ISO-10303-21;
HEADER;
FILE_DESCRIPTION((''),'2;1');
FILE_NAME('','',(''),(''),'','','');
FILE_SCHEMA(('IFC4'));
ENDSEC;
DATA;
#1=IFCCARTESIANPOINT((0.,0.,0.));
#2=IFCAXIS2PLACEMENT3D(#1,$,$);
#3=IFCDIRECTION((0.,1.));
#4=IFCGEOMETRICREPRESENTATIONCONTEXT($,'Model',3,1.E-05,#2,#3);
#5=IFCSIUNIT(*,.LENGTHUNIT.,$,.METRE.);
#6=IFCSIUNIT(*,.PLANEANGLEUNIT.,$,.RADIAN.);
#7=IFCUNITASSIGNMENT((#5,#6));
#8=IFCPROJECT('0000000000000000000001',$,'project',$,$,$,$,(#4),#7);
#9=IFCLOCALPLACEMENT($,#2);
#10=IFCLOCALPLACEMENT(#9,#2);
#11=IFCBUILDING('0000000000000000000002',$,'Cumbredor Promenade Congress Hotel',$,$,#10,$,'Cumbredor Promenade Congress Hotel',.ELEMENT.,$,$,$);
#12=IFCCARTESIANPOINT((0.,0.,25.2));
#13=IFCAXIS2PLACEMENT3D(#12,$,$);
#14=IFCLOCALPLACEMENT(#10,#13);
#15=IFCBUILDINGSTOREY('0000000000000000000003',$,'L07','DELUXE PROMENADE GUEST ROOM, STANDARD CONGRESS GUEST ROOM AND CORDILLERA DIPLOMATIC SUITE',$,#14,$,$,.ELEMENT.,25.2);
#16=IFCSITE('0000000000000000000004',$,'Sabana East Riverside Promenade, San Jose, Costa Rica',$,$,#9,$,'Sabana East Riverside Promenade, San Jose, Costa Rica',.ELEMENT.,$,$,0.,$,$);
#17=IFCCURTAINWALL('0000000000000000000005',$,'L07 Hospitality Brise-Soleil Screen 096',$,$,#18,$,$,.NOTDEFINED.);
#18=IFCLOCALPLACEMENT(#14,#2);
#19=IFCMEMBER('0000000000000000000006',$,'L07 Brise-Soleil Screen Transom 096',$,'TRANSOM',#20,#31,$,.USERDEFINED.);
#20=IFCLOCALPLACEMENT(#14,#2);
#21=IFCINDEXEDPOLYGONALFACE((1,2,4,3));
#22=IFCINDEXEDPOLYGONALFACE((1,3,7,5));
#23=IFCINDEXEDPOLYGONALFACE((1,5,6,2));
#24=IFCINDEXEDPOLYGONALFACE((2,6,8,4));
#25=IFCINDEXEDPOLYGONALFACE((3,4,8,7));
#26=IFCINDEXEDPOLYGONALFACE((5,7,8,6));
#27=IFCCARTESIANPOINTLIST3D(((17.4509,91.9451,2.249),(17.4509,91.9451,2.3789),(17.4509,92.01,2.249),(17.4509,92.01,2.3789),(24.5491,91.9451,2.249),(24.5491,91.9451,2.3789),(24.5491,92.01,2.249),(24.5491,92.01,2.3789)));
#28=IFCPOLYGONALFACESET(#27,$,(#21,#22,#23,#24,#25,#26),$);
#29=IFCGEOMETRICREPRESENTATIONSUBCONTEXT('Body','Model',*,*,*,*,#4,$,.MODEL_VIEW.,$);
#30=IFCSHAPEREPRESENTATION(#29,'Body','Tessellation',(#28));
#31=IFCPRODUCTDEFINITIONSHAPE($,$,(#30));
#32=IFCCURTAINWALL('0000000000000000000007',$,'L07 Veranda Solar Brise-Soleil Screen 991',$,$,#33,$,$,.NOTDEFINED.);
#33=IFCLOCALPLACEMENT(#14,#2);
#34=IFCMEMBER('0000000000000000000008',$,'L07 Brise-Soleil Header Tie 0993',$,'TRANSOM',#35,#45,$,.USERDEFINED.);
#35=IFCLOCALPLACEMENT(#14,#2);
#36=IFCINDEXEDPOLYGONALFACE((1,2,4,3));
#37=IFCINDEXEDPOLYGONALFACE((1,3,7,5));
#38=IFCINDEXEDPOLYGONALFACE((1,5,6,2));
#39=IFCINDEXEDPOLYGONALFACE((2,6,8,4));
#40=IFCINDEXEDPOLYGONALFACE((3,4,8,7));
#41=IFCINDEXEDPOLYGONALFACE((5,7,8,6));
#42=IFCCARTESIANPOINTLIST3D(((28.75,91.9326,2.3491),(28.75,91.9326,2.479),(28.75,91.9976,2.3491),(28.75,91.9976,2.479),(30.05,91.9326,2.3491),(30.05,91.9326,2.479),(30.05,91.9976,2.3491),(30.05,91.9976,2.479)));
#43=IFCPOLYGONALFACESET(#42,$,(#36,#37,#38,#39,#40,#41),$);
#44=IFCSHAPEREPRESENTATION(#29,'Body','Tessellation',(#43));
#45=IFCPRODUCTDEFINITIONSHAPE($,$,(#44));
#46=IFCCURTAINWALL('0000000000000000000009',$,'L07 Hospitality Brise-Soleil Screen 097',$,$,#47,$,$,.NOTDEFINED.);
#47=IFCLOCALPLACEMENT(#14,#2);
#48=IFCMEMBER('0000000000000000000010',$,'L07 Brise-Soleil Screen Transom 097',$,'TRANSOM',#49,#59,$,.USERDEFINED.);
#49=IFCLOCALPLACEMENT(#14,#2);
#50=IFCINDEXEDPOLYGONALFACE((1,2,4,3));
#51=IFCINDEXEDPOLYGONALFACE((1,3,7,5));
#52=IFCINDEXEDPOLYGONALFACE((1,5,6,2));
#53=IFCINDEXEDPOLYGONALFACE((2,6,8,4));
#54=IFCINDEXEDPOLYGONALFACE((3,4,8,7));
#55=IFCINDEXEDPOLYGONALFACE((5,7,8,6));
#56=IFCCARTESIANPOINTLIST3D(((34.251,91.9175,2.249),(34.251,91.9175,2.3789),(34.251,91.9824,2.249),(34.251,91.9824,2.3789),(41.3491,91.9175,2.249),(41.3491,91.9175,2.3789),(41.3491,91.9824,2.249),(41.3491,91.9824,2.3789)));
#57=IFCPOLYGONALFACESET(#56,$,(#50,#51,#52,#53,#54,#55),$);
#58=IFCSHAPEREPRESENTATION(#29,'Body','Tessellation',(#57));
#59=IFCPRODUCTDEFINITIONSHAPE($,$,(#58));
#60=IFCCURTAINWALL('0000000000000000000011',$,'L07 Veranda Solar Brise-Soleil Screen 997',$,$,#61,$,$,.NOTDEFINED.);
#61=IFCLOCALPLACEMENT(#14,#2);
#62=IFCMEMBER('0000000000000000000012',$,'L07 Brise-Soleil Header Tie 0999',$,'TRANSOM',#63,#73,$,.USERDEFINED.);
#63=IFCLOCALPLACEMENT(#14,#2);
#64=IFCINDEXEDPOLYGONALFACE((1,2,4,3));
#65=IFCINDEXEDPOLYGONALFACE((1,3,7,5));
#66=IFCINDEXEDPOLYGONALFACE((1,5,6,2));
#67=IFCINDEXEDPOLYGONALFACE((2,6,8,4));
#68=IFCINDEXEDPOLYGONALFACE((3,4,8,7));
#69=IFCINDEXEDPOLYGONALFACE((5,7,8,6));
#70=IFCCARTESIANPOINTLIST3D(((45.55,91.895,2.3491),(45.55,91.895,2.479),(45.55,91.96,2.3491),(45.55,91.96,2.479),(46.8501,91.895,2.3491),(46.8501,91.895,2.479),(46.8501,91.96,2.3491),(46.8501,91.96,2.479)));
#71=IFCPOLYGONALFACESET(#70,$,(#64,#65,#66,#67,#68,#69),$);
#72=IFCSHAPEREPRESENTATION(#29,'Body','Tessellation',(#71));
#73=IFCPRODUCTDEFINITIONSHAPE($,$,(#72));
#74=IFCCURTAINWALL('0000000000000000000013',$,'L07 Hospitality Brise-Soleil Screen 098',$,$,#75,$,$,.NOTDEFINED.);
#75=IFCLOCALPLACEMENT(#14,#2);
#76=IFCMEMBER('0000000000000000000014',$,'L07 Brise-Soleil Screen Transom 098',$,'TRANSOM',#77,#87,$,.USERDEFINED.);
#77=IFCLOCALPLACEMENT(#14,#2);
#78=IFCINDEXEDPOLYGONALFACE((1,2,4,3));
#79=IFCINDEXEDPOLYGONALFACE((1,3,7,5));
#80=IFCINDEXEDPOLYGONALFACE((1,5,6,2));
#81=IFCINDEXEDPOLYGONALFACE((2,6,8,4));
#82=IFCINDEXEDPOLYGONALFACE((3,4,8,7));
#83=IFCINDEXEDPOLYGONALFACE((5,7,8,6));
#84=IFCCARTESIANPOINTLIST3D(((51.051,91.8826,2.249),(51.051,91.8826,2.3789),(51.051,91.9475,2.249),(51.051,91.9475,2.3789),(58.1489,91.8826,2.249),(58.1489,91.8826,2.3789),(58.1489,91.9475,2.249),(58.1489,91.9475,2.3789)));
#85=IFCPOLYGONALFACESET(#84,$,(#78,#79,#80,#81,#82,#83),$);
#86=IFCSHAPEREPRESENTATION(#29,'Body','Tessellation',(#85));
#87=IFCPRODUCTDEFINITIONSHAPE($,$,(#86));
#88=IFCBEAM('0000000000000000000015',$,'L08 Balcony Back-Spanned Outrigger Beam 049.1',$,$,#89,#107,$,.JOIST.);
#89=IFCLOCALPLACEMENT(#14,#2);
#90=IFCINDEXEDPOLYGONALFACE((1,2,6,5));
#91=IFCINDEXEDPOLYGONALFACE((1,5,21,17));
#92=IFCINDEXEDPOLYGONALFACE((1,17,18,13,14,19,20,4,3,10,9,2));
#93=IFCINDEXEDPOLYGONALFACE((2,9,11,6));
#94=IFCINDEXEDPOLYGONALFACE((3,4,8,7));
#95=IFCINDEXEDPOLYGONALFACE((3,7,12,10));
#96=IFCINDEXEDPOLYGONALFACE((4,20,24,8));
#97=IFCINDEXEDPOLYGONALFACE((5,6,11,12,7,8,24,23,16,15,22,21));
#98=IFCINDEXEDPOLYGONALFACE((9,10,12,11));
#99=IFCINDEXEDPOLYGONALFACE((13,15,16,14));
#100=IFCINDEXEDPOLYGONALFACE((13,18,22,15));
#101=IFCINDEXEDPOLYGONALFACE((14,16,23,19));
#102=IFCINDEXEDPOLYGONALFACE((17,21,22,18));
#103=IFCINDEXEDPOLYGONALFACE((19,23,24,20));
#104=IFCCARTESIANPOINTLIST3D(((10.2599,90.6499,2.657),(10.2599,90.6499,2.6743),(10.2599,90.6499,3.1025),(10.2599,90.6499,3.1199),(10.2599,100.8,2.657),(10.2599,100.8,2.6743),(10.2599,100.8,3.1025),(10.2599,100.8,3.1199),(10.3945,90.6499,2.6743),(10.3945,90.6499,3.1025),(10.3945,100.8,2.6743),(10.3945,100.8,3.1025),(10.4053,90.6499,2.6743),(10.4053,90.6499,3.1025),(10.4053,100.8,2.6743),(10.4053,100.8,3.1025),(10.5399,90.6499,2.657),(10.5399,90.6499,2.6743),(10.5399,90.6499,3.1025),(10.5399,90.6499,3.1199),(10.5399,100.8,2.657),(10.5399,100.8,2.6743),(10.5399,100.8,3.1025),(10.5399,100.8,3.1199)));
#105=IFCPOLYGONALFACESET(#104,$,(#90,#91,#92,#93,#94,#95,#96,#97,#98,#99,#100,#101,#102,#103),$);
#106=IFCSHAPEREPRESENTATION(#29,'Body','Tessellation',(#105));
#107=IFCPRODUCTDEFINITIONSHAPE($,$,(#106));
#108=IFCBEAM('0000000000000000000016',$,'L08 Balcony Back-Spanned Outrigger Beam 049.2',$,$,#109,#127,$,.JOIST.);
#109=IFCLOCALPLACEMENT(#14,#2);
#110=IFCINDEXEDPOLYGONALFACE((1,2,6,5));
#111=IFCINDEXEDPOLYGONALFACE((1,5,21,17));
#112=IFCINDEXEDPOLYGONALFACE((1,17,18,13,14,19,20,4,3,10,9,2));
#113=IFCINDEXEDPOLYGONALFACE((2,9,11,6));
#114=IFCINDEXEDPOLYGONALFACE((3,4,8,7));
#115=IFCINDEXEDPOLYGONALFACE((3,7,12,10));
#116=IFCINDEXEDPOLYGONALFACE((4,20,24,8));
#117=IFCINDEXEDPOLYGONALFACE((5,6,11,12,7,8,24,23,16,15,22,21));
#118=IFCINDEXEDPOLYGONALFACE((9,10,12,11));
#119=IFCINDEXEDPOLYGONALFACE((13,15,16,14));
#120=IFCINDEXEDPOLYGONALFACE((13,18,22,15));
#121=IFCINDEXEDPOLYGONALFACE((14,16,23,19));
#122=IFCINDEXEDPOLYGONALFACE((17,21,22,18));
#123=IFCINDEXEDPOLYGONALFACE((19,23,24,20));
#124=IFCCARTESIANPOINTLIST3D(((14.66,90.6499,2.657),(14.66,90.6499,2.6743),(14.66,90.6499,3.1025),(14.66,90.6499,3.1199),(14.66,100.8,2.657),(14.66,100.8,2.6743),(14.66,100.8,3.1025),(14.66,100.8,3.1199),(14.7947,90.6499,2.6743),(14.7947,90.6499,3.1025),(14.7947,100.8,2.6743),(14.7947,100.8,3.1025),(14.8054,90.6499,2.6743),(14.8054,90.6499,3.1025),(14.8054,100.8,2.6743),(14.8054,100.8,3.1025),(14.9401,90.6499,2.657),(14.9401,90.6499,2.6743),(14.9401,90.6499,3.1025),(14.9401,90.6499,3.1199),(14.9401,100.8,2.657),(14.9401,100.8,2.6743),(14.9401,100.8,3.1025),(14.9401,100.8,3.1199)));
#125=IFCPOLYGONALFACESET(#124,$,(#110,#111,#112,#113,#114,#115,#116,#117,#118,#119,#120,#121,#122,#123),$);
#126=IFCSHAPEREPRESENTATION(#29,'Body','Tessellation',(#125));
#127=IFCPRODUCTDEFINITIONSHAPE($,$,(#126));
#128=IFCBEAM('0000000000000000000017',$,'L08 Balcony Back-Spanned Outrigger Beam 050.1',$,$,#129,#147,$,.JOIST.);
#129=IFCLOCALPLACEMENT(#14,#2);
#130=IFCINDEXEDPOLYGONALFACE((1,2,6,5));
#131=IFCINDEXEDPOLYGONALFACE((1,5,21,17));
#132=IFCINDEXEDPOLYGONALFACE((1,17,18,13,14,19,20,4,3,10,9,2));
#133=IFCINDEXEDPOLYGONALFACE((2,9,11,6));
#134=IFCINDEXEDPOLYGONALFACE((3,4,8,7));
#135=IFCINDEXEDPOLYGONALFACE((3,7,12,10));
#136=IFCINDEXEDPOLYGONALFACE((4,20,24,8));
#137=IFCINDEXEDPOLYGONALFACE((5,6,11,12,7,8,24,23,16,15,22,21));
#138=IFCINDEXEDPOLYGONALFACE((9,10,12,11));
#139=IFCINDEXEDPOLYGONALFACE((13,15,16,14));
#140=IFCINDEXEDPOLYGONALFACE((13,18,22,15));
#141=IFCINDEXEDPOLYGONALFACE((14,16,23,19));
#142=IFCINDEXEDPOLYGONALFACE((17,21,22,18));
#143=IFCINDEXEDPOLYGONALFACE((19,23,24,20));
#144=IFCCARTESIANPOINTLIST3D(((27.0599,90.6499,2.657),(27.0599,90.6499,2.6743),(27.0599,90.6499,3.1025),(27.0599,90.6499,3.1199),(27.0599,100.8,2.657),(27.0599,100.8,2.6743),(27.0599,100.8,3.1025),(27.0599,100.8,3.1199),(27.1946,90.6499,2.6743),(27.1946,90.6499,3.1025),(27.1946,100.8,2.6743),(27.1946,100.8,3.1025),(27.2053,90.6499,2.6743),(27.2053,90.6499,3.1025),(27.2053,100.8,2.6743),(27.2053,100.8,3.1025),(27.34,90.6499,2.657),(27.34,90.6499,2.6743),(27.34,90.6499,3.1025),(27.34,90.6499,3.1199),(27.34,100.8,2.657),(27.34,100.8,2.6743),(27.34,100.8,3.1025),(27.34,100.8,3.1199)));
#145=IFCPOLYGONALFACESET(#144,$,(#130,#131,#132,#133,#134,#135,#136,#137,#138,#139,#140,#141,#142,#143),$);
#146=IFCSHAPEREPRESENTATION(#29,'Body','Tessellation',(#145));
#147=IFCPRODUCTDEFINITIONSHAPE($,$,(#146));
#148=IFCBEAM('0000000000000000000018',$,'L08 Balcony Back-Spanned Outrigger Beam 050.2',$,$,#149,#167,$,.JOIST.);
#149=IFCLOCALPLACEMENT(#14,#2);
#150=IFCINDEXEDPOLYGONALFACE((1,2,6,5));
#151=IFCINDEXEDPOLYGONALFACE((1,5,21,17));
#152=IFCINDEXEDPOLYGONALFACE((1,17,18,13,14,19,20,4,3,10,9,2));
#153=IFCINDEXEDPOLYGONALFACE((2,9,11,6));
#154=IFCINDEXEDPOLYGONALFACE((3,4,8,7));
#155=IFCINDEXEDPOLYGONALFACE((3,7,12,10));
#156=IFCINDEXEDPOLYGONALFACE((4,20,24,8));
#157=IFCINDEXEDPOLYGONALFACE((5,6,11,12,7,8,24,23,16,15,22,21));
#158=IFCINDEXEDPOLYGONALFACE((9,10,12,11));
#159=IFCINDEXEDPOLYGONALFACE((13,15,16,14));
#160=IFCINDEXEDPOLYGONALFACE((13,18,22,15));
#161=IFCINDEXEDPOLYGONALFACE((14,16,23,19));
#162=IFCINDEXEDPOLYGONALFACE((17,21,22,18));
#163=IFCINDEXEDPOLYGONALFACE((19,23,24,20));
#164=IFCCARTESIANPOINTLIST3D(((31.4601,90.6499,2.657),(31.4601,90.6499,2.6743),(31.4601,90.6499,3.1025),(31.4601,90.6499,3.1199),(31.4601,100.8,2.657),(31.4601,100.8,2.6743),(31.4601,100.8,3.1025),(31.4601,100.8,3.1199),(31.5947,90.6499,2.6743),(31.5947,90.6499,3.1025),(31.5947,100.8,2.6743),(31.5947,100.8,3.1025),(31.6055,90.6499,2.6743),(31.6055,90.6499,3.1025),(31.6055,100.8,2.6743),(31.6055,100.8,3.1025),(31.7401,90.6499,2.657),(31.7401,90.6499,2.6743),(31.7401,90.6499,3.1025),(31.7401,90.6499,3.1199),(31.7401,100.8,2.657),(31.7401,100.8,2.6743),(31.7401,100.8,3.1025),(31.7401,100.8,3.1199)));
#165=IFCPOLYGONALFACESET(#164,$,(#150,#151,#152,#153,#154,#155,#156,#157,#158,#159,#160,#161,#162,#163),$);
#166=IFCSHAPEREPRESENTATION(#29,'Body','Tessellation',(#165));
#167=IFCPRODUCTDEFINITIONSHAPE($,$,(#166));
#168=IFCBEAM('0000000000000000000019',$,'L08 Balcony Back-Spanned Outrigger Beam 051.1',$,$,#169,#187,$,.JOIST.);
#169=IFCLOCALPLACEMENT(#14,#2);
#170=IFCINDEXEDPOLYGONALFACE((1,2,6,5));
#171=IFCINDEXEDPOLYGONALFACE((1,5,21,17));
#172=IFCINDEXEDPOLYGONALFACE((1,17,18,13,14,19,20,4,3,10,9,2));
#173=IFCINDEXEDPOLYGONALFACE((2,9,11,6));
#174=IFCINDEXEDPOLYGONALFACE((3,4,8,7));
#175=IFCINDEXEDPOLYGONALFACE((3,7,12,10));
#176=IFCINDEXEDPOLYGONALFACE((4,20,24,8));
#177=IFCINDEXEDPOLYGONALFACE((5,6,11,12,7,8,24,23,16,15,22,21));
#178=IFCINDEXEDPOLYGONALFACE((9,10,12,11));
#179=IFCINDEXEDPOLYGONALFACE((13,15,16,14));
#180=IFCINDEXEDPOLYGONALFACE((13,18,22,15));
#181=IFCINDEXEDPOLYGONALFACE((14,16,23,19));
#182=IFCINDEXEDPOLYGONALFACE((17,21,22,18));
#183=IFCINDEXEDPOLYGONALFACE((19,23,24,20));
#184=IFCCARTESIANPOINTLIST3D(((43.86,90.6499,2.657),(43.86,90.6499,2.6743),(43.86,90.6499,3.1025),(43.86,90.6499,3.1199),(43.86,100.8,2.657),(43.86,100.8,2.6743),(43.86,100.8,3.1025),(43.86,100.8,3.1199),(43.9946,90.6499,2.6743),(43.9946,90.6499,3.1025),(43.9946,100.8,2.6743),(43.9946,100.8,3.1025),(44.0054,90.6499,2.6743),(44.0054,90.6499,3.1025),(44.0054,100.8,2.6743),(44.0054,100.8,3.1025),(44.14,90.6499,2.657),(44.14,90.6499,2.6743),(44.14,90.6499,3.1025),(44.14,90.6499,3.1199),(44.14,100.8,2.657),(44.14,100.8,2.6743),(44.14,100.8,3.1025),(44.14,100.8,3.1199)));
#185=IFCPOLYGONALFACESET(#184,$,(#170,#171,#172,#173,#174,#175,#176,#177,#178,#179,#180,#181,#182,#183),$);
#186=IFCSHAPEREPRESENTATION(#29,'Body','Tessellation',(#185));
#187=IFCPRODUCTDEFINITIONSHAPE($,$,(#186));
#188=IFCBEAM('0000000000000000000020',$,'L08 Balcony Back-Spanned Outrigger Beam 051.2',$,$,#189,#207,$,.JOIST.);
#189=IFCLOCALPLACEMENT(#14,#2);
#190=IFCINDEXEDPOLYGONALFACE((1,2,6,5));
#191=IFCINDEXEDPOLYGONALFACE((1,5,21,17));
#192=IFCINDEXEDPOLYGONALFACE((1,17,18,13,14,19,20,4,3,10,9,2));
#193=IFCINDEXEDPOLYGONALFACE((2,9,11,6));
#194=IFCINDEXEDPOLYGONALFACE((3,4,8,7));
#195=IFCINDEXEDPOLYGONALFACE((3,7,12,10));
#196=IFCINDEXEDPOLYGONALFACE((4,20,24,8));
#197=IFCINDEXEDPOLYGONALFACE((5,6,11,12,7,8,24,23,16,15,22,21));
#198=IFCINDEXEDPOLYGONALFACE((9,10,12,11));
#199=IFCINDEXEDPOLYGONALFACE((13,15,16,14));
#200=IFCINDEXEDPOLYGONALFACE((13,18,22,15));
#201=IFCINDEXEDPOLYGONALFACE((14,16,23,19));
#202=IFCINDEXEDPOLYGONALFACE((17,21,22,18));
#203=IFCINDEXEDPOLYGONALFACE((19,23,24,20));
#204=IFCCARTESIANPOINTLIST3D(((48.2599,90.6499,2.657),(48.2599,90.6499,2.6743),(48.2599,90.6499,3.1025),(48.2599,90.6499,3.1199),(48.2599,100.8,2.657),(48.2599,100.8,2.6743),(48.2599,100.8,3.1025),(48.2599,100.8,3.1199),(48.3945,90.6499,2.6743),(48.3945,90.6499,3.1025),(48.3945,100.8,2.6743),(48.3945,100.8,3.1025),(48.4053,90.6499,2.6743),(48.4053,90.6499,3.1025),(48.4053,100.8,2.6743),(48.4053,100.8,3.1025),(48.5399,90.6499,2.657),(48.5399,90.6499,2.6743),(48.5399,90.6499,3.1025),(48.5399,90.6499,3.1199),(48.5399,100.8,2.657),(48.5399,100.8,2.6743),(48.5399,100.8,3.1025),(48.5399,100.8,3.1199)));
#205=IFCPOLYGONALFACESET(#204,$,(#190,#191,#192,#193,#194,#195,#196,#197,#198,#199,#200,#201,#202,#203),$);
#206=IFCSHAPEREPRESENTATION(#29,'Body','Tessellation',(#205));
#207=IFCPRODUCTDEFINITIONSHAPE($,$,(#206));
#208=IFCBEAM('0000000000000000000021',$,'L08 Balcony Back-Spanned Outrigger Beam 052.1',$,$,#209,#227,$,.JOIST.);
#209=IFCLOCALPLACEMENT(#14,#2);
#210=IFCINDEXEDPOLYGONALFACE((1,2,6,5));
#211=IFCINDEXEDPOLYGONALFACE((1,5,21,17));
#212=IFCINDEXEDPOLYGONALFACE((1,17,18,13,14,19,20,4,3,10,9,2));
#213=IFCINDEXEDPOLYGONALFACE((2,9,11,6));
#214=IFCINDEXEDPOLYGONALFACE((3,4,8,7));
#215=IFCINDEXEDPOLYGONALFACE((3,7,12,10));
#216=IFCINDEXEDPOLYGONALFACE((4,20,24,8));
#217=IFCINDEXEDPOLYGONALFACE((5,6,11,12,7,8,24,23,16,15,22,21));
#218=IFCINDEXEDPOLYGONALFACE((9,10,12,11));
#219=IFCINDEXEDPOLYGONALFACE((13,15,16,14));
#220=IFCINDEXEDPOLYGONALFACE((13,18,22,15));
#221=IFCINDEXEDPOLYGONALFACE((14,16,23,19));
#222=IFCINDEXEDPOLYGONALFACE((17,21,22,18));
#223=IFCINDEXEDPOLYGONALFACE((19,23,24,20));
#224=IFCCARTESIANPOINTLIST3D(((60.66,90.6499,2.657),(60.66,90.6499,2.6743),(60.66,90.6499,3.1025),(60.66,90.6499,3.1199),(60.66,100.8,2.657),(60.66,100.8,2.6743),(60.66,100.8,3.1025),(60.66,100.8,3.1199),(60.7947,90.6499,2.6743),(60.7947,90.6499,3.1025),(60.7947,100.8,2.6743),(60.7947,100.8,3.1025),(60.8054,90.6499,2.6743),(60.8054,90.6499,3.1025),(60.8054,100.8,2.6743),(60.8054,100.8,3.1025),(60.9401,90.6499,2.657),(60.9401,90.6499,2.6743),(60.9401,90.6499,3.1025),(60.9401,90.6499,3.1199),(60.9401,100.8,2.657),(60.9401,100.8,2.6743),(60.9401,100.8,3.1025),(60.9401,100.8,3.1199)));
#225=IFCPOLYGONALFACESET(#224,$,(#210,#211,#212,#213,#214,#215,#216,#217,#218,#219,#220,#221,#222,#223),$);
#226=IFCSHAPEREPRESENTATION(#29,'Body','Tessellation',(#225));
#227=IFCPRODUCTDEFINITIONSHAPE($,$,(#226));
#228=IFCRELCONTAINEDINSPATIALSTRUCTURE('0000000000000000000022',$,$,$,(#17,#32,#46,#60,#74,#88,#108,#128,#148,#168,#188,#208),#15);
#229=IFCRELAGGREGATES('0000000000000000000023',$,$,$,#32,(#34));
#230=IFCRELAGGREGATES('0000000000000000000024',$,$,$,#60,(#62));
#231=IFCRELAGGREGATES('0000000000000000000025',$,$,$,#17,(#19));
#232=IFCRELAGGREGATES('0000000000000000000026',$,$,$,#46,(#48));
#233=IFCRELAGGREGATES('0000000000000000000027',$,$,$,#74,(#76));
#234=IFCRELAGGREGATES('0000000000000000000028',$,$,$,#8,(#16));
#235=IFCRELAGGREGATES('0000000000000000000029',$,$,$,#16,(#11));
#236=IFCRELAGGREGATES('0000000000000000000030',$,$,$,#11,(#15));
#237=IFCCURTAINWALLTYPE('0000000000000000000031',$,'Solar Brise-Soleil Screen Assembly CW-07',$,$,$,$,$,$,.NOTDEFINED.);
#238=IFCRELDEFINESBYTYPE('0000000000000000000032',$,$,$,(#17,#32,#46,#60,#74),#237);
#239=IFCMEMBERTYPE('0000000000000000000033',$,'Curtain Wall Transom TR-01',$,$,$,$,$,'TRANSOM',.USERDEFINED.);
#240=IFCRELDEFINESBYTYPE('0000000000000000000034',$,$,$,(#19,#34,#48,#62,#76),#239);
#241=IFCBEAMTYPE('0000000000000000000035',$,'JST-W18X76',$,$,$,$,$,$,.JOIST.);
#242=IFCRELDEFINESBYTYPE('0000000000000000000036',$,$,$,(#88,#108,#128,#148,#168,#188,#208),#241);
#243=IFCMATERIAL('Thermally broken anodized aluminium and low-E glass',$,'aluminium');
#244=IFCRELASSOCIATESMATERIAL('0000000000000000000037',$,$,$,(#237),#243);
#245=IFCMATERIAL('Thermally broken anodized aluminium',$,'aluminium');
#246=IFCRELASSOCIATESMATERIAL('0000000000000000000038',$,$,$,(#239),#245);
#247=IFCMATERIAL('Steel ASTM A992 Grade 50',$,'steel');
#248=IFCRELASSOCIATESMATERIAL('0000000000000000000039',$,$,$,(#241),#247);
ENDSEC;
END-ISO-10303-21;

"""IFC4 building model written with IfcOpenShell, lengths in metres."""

from ifc_helpers import new_model, si_unit, direction, frame, origin, origin_2d, place, context, subcontext, project, spatial, rectangle, i_section, extrude, material, material_profile, profile_set, type_object, element, aggregate, save


model = new_model("IFC4")

# Units and contexts
model_context = context("Model", 3, precision=1e-05, world=origin(), true_north=direction((0.0, 1.0)))
body_context = subcontext(model_context, "Body", "Model", "MODEL_VIEW")
ifc_project = project(units=[si_unit("LENGTHUNIT", "METRE"), si_unit("PLANEANGLEUNIT", "RADIAN")], contexts=[model_context])

# Site, building, storey
site_placement = place(None, origin())
site = spatial("IfcSite", under=ifc_project, at=site_placement, Name="Sabana East Riverside Promenade, San Jose, Costa Rica", LongName="Sabana East Riverside Promenade, San Jose, Costa Rica", CompositionType="ELEMENT", RefElevation=0.0)
building_placement = place(site_placement, origin())
building = spatial("IfcBuilding", under=site, at=building_placement, Name="Cumbredor Promenade Congress Hotel", LongName="Cumbredor Promenade Congress Hotel", CompositionType="ELEMENT")
storey_placement = place(building_placement, frame((0.0, 0.0, 25.2)))
storey = spatial("IfcBuildingStorey", under=building, at=storey_placement, Name="L07", Description="DELUXE PROMENADE GUEST ROOM, STANDARD CONGRESS GUEST ROOM AND CORDILLERA DIPLOMATIC SUITE", CompositionType="ELEMENT", Elevation=25.2)

# Curtain walls, members
ifc_material_1 = material(Name="Thermally broken anodized aluminium and low-E glass", Category="aluminium")
curtain_wall_type = type_object("IfcCurtainWallType", Name="Solar Brise-Soleil Screen Assembly CW-07", PredefinedType="NOTDEFINED", material=ifc_material_1)
curtain_wall_1_placement = place(storey_placement, origin())
curtain_wall_1 = element("IfcCurtainWall", 1, at=curtain_wall_1_placement, inside=storey, type_object=curtain_wall_type, Name="L07 Hospitality Brise-Soleil Screen 096", PredefinedType="NOTDEFINED")
ifc_material_2 = material(Name="Thermally broken anodized aluminium", Category="aluminium")
ifc_material_profile_1 = material_profile(ifc_material_2, rectangle(XDim=0.0649, YDim=0.1299, at=origin_2d()), Name="ALU TRANSOM 65x130")
ifc_profile_set_1 = profile_set([ifc_material_profile_1], Name="Thermally broken anodized aluminium")
member_type_1 = type_object("IfcMemberType", Name="Curtain Wall Transom TR-01", ElementType="TRANSOM", PredefinedType="USERDEFINED", material=ifc_profile_set_1)
member_1_placement = place(storey_placement, frame((17.4509, 91.9775, 2.314), z_axis=(1.0, 0.0, 0.0), x_axis=(0.0, 1.0, 0.0)))
member_1 = element("IfcMember", 2, at=member_1_placement, type_object=member_type_1, Name="L07 Brise-Soleil Screen Transom 096", ObjectType="TRANSOM", PredefinedType="USERDEFINED", context=body_context, shape_type="SweptSolid", body=[
    extrude(rectangle(XDim=0.0649, YDim=0.1299, at=origin_2d()), origin(), (0.0, 0.0, 1.0), 7.0981),
])
curtain_wall_2_placement = place(storey_placement, origin())
curtain_wall_2 = element("IfcCurtainWall", 3, at=curtain_wall_2_placement, inside=storey, type_object=curtain_wall_type, Name="L07 Veranda Solar Brise-Soleil Screen 991", PredefinedType="NOTDEFINED")
member_2_placement = place(storey_placement, frame((28.75, 91.9651, 2.4141), z_axis=(1.0, 0.0, 0.0), x_axis=(0.0, 1.0, 0.0)))
member_2 = element("IfcMember", 4, at=member_2_placement, type_object=member_type_1, Name="L07 Brise-Soleil Header Tie 0993", ObjectType="TRANSOM", PredefinedType="USERDEFINED", context=body_context, shape_type="SweptSolid", body=[
    extrude(rectangle(XDim=0.0649, YDim=0.1299, at=origin_2d()), origin(), (0.0, 0.0, 1.0), 1.3),
])
curtain_wall_3_placement = place(storey_placement, origin())
curtain_wall_3 = element("IfcCurtainWall", 5, at=curtain_wall_3_placement, inside=storey, type_object=curtain_wall_type, Name="L07 Hospitality Brise-Soleil Screen 097", PredefinedType="NOTDEFINED")
member_3_placement = place(storey_placement, frame((34.251, 91.95, 2.314), z_axis=(1.0, 0.0, 0.0), x_axis=(0.0, 1.0, 0.0)))
member_3 = element("IfcMember", 6, at=member_3_placement, type_object=member_type_1, Name="L07 Brise-Soleil Screen Transom 097", ObjectType="TRANSOM", PredefinedType="USERDEFINED", context=body_context, shape_type="SweptSolid", body=[
    extrude(rectangle(XDim=0.0649, YDim=0.1299, at=origin_2d()), origin(), (0.0, 0.0, 1.0), 7.0981),
])
curtain_wall_4_placement = place(storey_placement, origin())
curtain_wall_4 = element("IfcCurtainWall", 7, at=curtain_wall_4_placement, inside=storey, type_object=curtain_wall_type, Name="L07 Veranda Solar Brise-Soleil Screen 997", PredefinedType="NOTDEFINED")
member_4_placement = place(storey_placement, frame((45.55, 91.9275, 2.4141), z_axis=(1.0, 0.0, 0.0), x_axis=(0.0, 1.0, 0.0)))
member_4 = element("IfcMember", 8, at=member_4_placement, type_object=member_type_1, Name="L07 Brise-Soleil Header Tie 0999", ObjectType="TRANSOM", PredefinedType="USERDEFINED", context=body_context, shape_type="SweptSolid", body=[
    extrude(rectangle(XDim=0.0649, YDim=0.1299, at=origin_2d()), origin(), (0.0, 0.0, 1.0), 1.3),
])
curtain_wall_5_placement = place(storey_placement, origin())
curtain_wall_5 = element("IfcCurtainWall", 9, at=curtain_wall_5_placement, inside=storey, type_object=curtain_wall_type, Name="L07 Hospitality Brise-Soleil Screen 098", PredefinedType="NOTDEFINED")
member_5_placement = place(storey_placement, frame((51.051, 91.915, 2.314), z_axis=(1.0, 0.0, 0.0), x_axis=(0.0, 1.0, 0.0)))
member_5 = element("IfcMember", 10, at=member_5_placement, type_object=member_type_1, Name="L07 Brise-Soleil Screen Transom 098", ObjectType="TRANSOM", PredefinedType="USERDEFINED", context=body_context, shape_type="SweptSolid", body=[
    extrude(rectangle(XDim=0.0649, YDim=0.1299, at=origin_2d()), origin(), (0.0, 0.0, 1.0), 7.0979),
])

# Beams
ifc_material_3 = material(Name="Steel ASTM A992 Grade 50", Category="steel")
ifc_material_profile_2 = material_profile(ifc_material_3, i_section(OverallWidth=0.28, OverallDepth=0.4629, WebThickness=0.0107, FlangeThickness=0.0173, at=origin_2d()), Name="W18X76")
ifc_profile_set_2 = profile_set([ifc_material_profile_2], Name="Steel ASTM A992 Grade 50")
beam_type = type_object("IfcBeamType", Name="JST-W18X76", PredefinedType="JOIST", material=ifc_profile_set_2)
for number, where, z_axis, x_axis, name in (
    (11, (10.3999, 90.6499, 2.8884), (0.0, 1.0, 0.0), (-1.0, 0.0, 0.0), "L08 Balcony Back-Spanned Outrigger Beam 049.1"),
    (12, (14.8, 90.6499, 2.8884), (0.0, 1.0, 0.0), (-1.0, 0.0, 0.0), "L08 Balcony Back-Spanned Outrigger Beam 049.2"),
    (13, (27.2, 90.6499, 2.8884), (0.0, 1.0, 0.0), (-1.0, 0.0, 0.0), "L08 Balcony Back-Spanned Outrigger Beam 050.1"),
    (14, (31.6001, 90.6499, 2.8884), (0.0, 1.0, 0.0), (-1.0, 0.0, 0.0), "L08 Balcony Back-Spanned Outrigger Beam 050.2"),
    (15, (44.0, 90.6499, 2.8884), (0.0, 1.0, 0.0), (-1.0, 0.0, 0.0), "L08 Balcony Back-Spanned Outrigger Beam 051.1"),
    (16, (48.3999, 90.6499, 2.8884), (0.0, 1.0, 0.0), (-1.0, 0.0, 0.0), "L08 Balcony Back-Spanned Outrigger Beam 051.2"),
    (17, (60.8, 90.6499, 2.8884), (0.0, 1.0, 0.0), (-1.0, 0.0, 0.0), "L08 Balcony Back-Spanned Outrigger Beam 052.1"),
):
    element("IfcBeam", number, at=place(storey_placement, frame(where, z_axis=z_axis, x_axis=x_axis)), inside=storey, type_object=beam_type, Name=name, PredefinedType="JOIST", context=body_context, shape_type="SweptSolid", body=[
        extrude(i_section(OverallWidth=0.28, OverallDepth=0.4629, WebThickness=0.0107, FlangeThickness=0.0173, at=origin_2d()), origin(), (0.0, 0.0, 1.0), 10.1501),
    ])

aggregate(curtain_wall_2, [member_2])
aggregate(curtain_wall_4, [member_4])

aggregate(curtain_wall_1, [member_1])
aggregate(curtain_wall_3, [member_3])
aggregate(curtain_wall_5, [member_5])

save(model, "model.ifc")
